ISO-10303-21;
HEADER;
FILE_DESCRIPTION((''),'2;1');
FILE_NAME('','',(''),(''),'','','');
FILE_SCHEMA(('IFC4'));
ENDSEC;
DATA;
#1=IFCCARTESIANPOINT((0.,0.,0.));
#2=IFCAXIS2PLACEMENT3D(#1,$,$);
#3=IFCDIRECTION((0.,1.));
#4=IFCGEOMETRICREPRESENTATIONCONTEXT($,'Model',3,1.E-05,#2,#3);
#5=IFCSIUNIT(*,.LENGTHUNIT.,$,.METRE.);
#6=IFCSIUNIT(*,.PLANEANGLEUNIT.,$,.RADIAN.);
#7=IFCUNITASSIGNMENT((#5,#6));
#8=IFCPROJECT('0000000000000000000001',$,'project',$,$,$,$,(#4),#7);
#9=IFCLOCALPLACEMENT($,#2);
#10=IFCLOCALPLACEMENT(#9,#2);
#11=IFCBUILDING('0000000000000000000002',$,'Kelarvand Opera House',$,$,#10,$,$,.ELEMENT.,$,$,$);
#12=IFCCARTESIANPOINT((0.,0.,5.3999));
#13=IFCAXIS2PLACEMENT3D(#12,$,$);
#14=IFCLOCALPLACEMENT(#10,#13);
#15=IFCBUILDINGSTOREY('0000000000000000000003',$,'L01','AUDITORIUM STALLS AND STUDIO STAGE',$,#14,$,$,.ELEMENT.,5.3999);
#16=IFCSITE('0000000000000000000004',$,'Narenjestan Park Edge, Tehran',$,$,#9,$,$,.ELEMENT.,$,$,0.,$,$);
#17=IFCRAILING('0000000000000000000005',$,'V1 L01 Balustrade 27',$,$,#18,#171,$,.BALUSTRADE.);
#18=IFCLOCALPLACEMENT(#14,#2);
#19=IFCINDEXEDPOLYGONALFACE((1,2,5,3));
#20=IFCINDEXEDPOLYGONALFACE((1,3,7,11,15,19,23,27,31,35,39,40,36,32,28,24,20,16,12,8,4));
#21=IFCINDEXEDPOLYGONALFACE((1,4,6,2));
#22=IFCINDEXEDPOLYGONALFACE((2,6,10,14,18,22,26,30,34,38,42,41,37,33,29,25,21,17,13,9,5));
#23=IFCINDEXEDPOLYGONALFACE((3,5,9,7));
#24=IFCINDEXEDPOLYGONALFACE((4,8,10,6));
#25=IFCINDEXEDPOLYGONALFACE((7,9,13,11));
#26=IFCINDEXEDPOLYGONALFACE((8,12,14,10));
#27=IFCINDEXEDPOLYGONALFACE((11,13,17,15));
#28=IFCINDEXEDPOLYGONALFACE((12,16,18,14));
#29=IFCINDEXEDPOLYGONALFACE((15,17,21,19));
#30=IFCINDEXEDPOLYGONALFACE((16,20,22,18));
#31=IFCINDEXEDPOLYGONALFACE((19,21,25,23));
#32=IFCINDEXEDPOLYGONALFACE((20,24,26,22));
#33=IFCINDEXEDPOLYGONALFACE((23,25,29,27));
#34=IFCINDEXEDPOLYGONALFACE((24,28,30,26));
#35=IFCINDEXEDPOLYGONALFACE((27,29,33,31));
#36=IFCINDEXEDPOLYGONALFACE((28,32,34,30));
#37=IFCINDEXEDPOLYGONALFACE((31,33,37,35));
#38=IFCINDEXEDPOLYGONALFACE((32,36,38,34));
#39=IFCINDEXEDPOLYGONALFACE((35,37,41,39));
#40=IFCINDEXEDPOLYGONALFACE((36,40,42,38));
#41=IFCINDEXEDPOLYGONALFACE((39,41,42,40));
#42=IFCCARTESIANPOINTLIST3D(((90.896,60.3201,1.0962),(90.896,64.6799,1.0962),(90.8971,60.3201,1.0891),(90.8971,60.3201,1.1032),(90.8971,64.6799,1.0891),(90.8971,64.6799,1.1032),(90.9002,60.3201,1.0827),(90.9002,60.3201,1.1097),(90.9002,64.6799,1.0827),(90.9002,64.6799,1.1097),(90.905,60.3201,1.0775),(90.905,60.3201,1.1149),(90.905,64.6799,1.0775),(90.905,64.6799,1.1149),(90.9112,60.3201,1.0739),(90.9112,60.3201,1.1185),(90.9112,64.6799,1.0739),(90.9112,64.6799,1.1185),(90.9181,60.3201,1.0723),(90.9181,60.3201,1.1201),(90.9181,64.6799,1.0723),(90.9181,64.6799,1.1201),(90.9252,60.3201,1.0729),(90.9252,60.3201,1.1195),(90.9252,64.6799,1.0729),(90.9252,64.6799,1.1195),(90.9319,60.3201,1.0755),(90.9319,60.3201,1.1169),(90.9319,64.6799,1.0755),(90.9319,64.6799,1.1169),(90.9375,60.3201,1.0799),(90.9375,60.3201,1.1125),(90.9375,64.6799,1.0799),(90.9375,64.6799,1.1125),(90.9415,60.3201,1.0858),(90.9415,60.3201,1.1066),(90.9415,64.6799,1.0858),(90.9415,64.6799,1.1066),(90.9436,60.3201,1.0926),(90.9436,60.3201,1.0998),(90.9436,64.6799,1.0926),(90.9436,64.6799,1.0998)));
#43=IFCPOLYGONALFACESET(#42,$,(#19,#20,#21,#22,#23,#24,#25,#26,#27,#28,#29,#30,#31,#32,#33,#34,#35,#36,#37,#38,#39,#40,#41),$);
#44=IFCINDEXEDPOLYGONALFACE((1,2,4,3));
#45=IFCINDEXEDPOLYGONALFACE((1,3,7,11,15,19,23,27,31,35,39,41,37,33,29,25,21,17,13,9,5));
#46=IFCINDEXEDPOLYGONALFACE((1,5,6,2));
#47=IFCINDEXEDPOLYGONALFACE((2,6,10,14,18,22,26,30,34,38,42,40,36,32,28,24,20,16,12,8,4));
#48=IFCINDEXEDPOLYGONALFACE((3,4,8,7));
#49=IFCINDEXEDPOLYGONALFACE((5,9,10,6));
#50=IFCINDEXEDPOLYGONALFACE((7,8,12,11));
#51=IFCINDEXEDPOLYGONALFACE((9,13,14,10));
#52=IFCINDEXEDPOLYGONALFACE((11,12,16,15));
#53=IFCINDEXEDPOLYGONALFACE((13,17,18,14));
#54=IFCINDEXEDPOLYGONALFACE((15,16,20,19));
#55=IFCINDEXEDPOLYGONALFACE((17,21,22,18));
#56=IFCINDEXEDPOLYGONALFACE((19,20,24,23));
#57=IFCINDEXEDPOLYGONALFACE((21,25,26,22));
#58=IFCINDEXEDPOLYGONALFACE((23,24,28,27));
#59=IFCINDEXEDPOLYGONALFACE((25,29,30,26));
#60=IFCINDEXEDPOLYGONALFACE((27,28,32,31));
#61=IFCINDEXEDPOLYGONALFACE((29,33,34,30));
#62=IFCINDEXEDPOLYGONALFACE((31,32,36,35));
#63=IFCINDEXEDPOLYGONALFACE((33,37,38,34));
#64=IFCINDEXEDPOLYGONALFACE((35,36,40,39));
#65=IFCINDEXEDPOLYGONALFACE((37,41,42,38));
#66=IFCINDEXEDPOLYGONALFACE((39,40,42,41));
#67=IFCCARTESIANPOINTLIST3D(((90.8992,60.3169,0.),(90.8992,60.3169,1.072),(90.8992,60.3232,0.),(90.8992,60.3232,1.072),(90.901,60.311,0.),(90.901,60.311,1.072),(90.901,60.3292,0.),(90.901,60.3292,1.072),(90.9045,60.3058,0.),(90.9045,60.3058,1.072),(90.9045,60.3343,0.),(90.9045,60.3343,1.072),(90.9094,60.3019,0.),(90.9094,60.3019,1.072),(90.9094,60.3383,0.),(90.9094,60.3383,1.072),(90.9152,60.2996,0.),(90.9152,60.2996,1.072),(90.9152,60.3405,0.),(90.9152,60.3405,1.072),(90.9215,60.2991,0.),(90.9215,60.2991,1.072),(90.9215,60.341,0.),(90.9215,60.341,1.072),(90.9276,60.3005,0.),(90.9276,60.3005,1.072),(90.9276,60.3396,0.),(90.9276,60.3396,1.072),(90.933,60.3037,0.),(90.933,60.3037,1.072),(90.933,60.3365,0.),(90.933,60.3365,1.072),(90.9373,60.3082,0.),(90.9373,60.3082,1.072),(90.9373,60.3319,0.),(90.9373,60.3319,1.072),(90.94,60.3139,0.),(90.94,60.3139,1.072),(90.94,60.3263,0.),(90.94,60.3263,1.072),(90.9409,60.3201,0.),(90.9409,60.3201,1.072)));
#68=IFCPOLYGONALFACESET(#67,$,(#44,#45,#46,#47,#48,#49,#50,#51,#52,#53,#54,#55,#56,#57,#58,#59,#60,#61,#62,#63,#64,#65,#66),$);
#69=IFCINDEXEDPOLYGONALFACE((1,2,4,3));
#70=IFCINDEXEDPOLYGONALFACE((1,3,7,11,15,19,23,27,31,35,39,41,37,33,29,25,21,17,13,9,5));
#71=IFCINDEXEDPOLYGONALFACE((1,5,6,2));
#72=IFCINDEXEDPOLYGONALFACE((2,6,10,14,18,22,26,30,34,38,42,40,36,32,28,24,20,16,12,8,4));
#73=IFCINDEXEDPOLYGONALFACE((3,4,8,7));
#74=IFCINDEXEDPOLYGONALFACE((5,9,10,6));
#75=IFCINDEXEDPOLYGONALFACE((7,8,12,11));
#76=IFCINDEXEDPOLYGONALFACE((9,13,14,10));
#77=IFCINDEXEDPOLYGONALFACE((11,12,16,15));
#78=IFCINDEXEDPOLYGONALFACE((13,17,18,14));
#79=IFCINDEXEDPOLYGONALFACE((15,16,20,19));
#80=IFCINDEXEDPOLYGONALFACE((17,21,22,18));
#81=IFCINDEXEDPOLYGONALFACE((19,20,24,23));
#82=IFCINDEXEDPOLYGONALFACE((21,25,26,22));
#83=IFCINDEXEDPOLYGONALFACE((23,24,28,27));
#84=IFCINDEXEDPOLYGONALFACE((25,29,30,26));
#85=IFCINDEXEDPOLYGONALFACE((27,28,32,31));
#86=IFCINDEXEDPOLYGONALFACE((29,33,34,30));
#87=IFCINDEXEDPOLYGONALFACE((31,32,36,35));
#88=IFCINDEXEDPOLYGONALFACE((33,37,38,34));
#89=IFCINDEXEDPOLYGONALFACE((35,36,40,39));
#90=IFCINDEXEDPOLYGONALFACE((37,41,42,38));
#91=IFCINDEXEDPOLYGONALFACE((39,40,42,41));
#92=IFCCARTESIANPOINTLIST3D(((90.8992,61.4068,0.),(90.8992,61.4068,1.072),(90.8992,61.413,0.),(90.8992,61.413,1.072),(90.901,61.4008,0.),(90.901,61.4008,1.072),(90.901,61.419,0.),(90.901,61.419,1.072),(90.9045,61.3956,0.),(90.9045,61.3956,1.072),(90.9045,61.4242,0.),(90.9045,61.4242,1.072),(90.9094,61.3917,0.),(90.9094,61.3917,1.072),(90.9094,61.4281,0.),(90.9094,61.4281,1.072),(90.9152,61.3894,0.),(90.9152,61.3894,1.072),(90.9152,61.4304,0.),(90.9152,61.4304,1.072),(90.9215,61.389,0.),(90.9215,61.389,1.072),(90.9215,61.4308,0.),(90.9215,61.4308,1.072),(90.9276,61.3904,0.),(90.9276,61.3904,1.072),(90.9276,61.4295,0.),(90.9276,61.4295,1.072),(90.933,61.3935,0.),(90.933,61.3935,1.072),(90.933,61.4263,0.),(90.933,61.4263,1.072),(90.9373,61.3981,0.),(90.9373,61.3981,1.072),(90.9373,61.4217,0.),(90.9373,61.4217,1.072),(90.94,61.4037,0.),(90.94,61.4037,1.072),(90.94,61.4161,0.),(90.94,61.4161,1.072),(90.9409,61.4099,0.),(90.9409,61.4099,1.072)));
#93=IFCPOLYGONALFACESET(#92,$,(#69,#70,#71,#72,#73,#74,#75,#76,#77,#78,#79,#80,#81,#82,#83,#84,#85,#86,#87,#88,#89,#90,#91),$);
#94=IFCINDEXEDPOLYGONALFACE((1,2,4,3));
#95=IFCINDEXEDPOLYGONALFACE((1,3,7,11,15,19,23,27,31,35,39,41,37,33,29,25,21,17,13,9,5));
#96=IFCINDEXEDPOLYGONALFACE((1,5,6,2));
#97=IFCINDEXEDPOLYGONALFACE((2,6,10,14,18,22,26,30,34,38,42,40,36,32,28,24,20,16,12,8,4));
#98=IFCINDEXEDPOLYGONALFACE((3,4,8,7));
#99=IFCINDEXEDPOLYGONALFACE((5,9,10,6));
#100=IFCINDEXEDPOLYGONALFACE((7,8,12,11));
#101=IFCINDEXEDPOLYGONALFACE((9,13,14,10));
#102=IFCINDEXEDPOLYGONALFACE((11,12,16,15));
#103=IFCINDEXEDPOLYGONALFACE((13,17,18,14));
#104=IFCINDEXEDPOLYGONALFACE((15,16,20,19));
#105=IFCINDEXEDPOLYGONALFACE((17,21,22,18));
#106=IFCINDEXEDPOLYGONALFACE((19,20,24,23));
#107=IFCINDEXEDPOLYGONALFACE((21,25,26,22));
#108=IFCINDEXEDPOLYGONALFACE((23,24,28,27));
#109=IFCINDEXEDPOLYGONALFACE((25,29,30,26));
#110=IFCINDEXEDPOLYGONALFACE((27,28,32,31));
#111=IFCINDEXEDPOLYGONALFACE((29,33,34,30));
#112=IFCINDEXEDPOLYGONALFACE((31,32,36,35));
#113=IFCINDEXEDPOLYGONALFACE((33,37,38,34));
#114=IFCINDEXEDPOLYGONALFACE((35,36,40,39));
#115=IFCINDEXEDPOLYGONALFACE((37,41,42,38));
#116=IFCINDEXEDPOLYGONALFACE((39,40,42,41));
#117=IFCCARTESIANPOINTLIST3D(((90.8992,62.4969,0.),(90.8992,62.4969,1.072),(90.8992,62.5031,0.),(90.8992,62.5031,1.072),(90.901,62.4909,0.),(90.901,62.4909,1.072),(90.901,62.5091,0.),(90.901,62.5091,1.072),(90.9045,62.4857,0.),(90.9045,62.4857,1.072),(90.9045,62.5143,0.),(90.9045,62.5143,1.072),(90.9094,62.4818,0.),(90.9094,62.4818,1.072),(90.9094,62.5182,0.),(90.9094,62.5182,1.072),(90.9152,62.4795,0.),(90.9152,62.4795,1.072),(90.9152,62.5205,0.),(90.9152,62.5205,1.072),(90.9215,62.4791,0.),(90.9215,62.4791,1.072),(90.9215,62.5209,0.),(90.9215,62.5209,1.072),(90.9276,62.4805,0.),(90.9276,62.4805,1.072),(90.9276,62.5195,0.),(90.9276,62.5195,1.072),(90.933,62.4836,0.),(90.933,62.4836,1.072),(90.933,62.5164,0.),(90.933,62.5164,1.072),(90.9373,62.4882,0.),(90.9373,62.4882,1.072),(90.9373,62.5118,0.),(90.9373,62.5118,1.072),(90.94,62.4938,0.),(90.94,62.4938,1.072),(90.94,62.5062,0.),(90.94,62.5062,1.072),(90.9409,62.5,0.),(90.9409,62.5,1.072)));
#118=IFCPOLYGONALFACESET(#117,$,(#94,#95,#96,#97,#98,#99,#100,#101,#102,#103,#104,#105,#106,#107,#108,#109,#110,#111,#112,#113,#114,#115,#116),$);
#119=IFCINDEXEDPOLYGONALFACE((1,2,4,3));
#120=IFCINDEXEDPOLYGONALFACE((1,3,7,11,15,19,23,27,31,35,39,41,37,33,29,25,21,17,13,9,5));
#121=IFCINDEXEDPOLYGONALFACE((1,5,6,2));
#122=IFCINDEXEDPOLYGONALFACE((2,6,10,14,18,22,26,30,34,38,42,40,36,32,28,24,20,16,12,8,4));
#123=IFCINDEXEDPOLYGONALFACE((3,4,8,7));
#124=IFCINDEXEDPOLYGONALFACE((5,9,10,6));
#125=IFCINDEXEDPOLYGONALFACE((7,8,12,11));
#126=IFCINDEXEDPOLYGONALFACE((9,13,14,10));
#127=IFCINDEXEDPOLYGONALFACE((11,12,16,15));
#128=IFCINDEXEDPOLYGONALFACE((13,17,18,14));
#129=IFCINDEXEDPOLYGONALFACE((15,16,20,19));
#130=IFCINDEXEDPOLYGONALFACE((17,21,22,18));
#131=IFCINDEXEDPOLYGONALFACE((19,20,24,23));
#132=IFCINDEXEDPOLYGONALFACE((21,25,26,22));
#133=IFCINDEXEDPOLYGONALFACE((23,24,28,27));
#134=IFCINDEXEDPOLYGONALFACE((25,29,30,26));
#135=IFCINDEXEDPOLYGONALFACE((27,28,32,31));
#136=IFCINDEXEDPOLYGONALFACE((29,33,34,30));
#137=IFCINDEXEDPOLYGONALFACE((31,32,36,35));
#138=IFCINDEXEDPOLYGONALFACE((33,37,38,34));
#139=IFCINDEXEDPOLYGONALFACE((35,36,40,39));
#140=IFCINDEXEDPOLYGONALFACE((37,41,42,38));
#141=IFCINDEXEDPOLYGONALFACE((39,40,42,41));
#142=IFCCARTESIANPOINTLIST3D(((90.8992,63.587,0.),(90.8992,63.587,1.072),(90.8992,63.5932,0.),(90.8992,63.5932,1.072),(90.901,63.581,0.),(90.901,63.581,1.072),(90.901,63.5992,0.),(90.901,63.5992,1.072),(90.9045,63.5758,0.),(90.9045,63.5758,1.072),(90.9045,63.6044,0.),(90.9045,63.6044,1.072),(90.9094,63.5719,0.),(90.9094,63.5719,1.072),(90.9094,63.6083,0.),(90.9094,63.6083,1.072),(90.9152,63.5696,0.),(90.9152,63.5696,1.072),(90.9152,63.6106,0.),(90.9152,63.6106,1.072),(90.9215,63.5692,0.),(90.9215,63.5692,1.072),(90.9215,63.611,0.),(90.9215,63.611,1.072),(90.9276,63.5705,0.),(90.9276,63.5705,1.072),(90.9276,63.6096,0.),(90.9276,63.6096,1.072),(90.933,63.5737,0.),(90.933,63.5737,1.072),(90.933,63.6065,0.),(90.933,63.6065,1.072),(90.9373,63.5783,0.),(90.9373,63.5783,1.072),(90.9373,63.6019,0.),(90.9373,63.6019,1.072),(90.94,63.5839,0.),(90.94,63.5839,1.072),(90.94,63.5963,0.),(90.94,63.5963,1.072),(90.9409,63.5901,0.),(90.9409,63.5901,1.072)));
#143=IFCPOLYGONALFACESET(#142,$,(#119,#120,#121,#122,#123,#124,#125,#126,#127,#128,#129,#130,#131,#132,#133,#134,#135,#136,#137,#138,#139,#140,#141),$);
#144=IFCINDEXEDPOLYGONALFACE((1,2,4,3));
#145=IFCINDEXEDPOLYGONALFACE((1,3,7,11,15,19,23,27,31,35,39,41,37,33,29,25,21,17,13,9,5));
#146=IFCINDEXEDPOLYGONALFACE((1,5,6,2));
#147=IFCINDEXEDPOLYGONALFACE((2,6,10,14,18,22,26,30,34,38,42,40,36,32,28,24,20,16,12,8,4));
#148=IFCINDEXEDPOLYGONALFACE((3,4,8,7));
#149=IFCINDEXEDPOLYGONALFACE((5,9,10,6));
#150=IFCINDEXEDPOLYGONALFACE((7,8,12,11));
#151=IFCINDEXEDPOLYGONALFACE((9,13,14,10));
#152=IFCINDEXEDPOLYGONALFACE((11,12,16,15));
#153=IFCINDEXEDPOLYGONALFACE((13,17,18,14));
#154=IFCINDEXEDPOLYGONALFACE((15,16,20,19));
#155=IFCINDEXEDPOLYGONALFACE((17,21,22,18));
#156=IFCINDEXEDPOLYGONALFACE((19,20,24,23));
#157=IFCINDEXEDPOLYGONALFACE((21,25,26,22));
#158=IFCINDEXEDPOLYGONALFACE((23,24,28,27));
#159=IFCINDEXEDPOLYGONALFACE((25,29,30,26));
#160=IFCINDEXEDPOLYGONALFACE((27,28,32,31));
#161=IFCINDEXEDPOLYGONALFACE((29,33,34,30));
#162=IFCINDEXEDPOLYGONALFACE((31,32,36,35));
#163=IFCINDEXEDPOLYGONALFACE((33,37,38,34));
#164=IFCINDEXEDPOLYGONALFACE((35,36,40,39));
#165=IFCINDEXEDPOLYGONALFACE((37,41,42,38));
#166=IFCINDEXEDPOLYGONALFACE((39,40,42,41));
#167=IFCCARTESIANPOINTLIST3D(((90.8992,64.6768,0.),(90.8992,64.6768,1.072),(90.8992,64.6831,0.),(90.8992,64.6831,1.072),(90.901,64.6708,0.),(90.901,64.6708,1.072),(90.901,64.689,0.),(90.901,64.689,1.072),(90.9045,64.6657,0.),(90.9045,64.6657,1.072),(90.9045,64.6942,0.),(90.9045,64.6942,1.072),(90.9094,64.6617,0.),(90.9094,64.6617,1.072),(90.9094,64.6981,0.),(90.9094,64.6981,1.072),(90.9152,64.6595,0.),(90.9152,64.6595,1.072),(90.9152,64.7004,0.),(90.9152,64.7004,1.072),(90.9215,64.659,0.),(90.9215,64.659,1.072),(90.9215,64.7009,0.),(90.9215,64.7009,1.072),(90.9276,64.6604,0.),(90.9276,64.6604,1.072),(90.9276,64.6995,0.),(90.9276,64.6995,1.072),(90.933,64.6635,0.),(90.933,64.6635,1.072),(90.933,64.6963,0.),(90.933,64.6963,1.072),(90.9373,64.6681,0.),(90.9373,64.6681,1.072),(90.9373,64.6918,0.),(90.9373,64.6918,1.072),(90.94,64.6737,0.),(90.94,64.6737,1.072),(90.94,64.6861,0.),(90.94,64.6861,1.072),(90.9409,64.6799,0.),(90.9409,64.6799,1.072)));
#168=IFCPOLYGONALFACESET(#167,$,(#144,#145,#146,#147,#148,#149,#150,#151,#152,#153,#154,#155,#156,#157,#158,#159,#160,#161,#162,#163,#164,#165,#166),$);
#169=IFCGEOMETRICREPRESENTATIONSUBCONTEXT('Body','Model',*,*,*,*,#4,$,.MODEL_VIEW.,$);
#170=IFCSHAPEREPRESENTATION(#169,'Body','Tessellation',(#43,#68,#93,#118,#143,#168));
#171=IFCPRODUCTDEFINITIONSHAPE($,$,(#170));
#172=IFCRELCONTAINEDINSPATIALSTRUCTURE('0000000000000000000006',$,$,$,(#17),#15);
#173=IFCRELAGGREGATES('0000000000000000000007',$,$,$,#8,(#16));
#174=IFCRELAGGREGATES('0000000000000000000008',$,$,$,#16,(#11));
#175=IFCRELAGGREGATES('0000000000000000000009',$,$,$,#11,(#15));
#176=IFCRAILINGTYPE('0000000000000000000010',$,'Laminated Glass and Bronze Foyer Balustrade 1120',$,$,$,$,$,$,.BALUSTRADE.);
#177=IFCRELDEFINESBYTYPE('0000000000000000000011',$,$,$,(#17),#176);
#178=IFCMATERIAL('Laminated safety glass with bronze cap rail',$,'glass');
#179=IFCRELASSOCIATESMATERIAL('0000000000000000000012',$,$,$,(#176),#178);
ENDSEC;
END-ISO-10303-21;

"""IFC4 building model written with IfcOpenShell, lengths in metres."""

from ifc_helpers import new_model, si_unit, direction, frame, origin, origin_2d, place, context, subcontext, project, spatial, circle, extrude, material, type_object, element, save


model = new_model("IFC4")

# Units and contexts
model_context = context("Model", 3, precision=1e-05, world=origin(), true_north=direction((0.0, 1.0)))
body_context = subcontext(model_context, "Body", "Model", "MODEL_VIEW")
ifc_project = project(units=[si_unit("LENGTHUNIT", "METRE"), si_unit("PLANEANGLEUNIT", "RADIAN")], contexts=[model_context])

# Site, building, storey
site_placement = place(None, origin())
site = spatial("IfcSite", under=ifc_project, at=site_placement, Name="Narenjestan Park Edge, Tehran", CompositionType="ELEMENT", RefElevation=0.0)
building_placement = place(site_placement, origin())
building = spatial("IfcBuilding", under=site, at=building_placement, Name="Kelarvand Opera House", CompositionType="ELEMENT")
storey_placement = place(building_placement, frame((0.0, 0.0, 5.3999)))
storey = spatial("IfcBuildingStorey", under=building, at=storey_placement, Name="L01", Description="AUDITORIUM STALLS AND STUDIO STAGE", CompositionType="ELEMENT", Elevation=5.3999)

# Railing
ifc_material_1 = material(Name="Laminated safety glass with bronze cap rail", Category="glass")
railing_type_1 = type_object("IfcRailingType", Name="Laminated Glass and Bronze Foyer Balustrade 1120", PredefinedType="BALUSTRADE", material=ifc_material_1)
railing_1_placement = place(storey_placement, frame((90.9199, 60.3201, 0.0)))
element("IfcRailing", 1, at=railing_1_placement, inside=storey, type_object=railing_type_1, Name="V1 L01 Balustrade 27", PredefinedType="BALUSTRADE", context=body_context, shape_type="SweptSolid", body=[
    extrude(circle(Radius=0.0239, at=origin_2d()), frame((0.0, 0.0, 1.0962), z_axis=(0.0, 1.0, 0.0), x_axis=(-1.0, 0.0, 0.0)), (0.0, 0.0, 1.0), 4.3599),
    extrude(circle(Radius=0.021, at=origin_2d()), origin(), (0.0, 0.0, 1.0), 1.072),
    extrude(circle(Radius=0.021, at=origin_2d()), frame((0.0, 1.0898, 0.0)), (0.0, 0.0, 1.0), 1.072),
    extrude(circle(Radius=0.021, at=origin_2d()), frame((0.0, 2.1799, 0.0)), (0.0, 0.0, 1.0), 1.072),
    extrude(circle(Radius=0.021, at=origin_2d()), frame((0.0, 3.27, 0.0)), (0.0, 0.0, 1.0), 1.072),
    extrude(circle(Radius=0.021, at=origin_2d()), frame((0.0, 4.3599, 0.0)), (0.0, 0.0, 1.0), 1.072),
])

save(model, "model.ifc")
